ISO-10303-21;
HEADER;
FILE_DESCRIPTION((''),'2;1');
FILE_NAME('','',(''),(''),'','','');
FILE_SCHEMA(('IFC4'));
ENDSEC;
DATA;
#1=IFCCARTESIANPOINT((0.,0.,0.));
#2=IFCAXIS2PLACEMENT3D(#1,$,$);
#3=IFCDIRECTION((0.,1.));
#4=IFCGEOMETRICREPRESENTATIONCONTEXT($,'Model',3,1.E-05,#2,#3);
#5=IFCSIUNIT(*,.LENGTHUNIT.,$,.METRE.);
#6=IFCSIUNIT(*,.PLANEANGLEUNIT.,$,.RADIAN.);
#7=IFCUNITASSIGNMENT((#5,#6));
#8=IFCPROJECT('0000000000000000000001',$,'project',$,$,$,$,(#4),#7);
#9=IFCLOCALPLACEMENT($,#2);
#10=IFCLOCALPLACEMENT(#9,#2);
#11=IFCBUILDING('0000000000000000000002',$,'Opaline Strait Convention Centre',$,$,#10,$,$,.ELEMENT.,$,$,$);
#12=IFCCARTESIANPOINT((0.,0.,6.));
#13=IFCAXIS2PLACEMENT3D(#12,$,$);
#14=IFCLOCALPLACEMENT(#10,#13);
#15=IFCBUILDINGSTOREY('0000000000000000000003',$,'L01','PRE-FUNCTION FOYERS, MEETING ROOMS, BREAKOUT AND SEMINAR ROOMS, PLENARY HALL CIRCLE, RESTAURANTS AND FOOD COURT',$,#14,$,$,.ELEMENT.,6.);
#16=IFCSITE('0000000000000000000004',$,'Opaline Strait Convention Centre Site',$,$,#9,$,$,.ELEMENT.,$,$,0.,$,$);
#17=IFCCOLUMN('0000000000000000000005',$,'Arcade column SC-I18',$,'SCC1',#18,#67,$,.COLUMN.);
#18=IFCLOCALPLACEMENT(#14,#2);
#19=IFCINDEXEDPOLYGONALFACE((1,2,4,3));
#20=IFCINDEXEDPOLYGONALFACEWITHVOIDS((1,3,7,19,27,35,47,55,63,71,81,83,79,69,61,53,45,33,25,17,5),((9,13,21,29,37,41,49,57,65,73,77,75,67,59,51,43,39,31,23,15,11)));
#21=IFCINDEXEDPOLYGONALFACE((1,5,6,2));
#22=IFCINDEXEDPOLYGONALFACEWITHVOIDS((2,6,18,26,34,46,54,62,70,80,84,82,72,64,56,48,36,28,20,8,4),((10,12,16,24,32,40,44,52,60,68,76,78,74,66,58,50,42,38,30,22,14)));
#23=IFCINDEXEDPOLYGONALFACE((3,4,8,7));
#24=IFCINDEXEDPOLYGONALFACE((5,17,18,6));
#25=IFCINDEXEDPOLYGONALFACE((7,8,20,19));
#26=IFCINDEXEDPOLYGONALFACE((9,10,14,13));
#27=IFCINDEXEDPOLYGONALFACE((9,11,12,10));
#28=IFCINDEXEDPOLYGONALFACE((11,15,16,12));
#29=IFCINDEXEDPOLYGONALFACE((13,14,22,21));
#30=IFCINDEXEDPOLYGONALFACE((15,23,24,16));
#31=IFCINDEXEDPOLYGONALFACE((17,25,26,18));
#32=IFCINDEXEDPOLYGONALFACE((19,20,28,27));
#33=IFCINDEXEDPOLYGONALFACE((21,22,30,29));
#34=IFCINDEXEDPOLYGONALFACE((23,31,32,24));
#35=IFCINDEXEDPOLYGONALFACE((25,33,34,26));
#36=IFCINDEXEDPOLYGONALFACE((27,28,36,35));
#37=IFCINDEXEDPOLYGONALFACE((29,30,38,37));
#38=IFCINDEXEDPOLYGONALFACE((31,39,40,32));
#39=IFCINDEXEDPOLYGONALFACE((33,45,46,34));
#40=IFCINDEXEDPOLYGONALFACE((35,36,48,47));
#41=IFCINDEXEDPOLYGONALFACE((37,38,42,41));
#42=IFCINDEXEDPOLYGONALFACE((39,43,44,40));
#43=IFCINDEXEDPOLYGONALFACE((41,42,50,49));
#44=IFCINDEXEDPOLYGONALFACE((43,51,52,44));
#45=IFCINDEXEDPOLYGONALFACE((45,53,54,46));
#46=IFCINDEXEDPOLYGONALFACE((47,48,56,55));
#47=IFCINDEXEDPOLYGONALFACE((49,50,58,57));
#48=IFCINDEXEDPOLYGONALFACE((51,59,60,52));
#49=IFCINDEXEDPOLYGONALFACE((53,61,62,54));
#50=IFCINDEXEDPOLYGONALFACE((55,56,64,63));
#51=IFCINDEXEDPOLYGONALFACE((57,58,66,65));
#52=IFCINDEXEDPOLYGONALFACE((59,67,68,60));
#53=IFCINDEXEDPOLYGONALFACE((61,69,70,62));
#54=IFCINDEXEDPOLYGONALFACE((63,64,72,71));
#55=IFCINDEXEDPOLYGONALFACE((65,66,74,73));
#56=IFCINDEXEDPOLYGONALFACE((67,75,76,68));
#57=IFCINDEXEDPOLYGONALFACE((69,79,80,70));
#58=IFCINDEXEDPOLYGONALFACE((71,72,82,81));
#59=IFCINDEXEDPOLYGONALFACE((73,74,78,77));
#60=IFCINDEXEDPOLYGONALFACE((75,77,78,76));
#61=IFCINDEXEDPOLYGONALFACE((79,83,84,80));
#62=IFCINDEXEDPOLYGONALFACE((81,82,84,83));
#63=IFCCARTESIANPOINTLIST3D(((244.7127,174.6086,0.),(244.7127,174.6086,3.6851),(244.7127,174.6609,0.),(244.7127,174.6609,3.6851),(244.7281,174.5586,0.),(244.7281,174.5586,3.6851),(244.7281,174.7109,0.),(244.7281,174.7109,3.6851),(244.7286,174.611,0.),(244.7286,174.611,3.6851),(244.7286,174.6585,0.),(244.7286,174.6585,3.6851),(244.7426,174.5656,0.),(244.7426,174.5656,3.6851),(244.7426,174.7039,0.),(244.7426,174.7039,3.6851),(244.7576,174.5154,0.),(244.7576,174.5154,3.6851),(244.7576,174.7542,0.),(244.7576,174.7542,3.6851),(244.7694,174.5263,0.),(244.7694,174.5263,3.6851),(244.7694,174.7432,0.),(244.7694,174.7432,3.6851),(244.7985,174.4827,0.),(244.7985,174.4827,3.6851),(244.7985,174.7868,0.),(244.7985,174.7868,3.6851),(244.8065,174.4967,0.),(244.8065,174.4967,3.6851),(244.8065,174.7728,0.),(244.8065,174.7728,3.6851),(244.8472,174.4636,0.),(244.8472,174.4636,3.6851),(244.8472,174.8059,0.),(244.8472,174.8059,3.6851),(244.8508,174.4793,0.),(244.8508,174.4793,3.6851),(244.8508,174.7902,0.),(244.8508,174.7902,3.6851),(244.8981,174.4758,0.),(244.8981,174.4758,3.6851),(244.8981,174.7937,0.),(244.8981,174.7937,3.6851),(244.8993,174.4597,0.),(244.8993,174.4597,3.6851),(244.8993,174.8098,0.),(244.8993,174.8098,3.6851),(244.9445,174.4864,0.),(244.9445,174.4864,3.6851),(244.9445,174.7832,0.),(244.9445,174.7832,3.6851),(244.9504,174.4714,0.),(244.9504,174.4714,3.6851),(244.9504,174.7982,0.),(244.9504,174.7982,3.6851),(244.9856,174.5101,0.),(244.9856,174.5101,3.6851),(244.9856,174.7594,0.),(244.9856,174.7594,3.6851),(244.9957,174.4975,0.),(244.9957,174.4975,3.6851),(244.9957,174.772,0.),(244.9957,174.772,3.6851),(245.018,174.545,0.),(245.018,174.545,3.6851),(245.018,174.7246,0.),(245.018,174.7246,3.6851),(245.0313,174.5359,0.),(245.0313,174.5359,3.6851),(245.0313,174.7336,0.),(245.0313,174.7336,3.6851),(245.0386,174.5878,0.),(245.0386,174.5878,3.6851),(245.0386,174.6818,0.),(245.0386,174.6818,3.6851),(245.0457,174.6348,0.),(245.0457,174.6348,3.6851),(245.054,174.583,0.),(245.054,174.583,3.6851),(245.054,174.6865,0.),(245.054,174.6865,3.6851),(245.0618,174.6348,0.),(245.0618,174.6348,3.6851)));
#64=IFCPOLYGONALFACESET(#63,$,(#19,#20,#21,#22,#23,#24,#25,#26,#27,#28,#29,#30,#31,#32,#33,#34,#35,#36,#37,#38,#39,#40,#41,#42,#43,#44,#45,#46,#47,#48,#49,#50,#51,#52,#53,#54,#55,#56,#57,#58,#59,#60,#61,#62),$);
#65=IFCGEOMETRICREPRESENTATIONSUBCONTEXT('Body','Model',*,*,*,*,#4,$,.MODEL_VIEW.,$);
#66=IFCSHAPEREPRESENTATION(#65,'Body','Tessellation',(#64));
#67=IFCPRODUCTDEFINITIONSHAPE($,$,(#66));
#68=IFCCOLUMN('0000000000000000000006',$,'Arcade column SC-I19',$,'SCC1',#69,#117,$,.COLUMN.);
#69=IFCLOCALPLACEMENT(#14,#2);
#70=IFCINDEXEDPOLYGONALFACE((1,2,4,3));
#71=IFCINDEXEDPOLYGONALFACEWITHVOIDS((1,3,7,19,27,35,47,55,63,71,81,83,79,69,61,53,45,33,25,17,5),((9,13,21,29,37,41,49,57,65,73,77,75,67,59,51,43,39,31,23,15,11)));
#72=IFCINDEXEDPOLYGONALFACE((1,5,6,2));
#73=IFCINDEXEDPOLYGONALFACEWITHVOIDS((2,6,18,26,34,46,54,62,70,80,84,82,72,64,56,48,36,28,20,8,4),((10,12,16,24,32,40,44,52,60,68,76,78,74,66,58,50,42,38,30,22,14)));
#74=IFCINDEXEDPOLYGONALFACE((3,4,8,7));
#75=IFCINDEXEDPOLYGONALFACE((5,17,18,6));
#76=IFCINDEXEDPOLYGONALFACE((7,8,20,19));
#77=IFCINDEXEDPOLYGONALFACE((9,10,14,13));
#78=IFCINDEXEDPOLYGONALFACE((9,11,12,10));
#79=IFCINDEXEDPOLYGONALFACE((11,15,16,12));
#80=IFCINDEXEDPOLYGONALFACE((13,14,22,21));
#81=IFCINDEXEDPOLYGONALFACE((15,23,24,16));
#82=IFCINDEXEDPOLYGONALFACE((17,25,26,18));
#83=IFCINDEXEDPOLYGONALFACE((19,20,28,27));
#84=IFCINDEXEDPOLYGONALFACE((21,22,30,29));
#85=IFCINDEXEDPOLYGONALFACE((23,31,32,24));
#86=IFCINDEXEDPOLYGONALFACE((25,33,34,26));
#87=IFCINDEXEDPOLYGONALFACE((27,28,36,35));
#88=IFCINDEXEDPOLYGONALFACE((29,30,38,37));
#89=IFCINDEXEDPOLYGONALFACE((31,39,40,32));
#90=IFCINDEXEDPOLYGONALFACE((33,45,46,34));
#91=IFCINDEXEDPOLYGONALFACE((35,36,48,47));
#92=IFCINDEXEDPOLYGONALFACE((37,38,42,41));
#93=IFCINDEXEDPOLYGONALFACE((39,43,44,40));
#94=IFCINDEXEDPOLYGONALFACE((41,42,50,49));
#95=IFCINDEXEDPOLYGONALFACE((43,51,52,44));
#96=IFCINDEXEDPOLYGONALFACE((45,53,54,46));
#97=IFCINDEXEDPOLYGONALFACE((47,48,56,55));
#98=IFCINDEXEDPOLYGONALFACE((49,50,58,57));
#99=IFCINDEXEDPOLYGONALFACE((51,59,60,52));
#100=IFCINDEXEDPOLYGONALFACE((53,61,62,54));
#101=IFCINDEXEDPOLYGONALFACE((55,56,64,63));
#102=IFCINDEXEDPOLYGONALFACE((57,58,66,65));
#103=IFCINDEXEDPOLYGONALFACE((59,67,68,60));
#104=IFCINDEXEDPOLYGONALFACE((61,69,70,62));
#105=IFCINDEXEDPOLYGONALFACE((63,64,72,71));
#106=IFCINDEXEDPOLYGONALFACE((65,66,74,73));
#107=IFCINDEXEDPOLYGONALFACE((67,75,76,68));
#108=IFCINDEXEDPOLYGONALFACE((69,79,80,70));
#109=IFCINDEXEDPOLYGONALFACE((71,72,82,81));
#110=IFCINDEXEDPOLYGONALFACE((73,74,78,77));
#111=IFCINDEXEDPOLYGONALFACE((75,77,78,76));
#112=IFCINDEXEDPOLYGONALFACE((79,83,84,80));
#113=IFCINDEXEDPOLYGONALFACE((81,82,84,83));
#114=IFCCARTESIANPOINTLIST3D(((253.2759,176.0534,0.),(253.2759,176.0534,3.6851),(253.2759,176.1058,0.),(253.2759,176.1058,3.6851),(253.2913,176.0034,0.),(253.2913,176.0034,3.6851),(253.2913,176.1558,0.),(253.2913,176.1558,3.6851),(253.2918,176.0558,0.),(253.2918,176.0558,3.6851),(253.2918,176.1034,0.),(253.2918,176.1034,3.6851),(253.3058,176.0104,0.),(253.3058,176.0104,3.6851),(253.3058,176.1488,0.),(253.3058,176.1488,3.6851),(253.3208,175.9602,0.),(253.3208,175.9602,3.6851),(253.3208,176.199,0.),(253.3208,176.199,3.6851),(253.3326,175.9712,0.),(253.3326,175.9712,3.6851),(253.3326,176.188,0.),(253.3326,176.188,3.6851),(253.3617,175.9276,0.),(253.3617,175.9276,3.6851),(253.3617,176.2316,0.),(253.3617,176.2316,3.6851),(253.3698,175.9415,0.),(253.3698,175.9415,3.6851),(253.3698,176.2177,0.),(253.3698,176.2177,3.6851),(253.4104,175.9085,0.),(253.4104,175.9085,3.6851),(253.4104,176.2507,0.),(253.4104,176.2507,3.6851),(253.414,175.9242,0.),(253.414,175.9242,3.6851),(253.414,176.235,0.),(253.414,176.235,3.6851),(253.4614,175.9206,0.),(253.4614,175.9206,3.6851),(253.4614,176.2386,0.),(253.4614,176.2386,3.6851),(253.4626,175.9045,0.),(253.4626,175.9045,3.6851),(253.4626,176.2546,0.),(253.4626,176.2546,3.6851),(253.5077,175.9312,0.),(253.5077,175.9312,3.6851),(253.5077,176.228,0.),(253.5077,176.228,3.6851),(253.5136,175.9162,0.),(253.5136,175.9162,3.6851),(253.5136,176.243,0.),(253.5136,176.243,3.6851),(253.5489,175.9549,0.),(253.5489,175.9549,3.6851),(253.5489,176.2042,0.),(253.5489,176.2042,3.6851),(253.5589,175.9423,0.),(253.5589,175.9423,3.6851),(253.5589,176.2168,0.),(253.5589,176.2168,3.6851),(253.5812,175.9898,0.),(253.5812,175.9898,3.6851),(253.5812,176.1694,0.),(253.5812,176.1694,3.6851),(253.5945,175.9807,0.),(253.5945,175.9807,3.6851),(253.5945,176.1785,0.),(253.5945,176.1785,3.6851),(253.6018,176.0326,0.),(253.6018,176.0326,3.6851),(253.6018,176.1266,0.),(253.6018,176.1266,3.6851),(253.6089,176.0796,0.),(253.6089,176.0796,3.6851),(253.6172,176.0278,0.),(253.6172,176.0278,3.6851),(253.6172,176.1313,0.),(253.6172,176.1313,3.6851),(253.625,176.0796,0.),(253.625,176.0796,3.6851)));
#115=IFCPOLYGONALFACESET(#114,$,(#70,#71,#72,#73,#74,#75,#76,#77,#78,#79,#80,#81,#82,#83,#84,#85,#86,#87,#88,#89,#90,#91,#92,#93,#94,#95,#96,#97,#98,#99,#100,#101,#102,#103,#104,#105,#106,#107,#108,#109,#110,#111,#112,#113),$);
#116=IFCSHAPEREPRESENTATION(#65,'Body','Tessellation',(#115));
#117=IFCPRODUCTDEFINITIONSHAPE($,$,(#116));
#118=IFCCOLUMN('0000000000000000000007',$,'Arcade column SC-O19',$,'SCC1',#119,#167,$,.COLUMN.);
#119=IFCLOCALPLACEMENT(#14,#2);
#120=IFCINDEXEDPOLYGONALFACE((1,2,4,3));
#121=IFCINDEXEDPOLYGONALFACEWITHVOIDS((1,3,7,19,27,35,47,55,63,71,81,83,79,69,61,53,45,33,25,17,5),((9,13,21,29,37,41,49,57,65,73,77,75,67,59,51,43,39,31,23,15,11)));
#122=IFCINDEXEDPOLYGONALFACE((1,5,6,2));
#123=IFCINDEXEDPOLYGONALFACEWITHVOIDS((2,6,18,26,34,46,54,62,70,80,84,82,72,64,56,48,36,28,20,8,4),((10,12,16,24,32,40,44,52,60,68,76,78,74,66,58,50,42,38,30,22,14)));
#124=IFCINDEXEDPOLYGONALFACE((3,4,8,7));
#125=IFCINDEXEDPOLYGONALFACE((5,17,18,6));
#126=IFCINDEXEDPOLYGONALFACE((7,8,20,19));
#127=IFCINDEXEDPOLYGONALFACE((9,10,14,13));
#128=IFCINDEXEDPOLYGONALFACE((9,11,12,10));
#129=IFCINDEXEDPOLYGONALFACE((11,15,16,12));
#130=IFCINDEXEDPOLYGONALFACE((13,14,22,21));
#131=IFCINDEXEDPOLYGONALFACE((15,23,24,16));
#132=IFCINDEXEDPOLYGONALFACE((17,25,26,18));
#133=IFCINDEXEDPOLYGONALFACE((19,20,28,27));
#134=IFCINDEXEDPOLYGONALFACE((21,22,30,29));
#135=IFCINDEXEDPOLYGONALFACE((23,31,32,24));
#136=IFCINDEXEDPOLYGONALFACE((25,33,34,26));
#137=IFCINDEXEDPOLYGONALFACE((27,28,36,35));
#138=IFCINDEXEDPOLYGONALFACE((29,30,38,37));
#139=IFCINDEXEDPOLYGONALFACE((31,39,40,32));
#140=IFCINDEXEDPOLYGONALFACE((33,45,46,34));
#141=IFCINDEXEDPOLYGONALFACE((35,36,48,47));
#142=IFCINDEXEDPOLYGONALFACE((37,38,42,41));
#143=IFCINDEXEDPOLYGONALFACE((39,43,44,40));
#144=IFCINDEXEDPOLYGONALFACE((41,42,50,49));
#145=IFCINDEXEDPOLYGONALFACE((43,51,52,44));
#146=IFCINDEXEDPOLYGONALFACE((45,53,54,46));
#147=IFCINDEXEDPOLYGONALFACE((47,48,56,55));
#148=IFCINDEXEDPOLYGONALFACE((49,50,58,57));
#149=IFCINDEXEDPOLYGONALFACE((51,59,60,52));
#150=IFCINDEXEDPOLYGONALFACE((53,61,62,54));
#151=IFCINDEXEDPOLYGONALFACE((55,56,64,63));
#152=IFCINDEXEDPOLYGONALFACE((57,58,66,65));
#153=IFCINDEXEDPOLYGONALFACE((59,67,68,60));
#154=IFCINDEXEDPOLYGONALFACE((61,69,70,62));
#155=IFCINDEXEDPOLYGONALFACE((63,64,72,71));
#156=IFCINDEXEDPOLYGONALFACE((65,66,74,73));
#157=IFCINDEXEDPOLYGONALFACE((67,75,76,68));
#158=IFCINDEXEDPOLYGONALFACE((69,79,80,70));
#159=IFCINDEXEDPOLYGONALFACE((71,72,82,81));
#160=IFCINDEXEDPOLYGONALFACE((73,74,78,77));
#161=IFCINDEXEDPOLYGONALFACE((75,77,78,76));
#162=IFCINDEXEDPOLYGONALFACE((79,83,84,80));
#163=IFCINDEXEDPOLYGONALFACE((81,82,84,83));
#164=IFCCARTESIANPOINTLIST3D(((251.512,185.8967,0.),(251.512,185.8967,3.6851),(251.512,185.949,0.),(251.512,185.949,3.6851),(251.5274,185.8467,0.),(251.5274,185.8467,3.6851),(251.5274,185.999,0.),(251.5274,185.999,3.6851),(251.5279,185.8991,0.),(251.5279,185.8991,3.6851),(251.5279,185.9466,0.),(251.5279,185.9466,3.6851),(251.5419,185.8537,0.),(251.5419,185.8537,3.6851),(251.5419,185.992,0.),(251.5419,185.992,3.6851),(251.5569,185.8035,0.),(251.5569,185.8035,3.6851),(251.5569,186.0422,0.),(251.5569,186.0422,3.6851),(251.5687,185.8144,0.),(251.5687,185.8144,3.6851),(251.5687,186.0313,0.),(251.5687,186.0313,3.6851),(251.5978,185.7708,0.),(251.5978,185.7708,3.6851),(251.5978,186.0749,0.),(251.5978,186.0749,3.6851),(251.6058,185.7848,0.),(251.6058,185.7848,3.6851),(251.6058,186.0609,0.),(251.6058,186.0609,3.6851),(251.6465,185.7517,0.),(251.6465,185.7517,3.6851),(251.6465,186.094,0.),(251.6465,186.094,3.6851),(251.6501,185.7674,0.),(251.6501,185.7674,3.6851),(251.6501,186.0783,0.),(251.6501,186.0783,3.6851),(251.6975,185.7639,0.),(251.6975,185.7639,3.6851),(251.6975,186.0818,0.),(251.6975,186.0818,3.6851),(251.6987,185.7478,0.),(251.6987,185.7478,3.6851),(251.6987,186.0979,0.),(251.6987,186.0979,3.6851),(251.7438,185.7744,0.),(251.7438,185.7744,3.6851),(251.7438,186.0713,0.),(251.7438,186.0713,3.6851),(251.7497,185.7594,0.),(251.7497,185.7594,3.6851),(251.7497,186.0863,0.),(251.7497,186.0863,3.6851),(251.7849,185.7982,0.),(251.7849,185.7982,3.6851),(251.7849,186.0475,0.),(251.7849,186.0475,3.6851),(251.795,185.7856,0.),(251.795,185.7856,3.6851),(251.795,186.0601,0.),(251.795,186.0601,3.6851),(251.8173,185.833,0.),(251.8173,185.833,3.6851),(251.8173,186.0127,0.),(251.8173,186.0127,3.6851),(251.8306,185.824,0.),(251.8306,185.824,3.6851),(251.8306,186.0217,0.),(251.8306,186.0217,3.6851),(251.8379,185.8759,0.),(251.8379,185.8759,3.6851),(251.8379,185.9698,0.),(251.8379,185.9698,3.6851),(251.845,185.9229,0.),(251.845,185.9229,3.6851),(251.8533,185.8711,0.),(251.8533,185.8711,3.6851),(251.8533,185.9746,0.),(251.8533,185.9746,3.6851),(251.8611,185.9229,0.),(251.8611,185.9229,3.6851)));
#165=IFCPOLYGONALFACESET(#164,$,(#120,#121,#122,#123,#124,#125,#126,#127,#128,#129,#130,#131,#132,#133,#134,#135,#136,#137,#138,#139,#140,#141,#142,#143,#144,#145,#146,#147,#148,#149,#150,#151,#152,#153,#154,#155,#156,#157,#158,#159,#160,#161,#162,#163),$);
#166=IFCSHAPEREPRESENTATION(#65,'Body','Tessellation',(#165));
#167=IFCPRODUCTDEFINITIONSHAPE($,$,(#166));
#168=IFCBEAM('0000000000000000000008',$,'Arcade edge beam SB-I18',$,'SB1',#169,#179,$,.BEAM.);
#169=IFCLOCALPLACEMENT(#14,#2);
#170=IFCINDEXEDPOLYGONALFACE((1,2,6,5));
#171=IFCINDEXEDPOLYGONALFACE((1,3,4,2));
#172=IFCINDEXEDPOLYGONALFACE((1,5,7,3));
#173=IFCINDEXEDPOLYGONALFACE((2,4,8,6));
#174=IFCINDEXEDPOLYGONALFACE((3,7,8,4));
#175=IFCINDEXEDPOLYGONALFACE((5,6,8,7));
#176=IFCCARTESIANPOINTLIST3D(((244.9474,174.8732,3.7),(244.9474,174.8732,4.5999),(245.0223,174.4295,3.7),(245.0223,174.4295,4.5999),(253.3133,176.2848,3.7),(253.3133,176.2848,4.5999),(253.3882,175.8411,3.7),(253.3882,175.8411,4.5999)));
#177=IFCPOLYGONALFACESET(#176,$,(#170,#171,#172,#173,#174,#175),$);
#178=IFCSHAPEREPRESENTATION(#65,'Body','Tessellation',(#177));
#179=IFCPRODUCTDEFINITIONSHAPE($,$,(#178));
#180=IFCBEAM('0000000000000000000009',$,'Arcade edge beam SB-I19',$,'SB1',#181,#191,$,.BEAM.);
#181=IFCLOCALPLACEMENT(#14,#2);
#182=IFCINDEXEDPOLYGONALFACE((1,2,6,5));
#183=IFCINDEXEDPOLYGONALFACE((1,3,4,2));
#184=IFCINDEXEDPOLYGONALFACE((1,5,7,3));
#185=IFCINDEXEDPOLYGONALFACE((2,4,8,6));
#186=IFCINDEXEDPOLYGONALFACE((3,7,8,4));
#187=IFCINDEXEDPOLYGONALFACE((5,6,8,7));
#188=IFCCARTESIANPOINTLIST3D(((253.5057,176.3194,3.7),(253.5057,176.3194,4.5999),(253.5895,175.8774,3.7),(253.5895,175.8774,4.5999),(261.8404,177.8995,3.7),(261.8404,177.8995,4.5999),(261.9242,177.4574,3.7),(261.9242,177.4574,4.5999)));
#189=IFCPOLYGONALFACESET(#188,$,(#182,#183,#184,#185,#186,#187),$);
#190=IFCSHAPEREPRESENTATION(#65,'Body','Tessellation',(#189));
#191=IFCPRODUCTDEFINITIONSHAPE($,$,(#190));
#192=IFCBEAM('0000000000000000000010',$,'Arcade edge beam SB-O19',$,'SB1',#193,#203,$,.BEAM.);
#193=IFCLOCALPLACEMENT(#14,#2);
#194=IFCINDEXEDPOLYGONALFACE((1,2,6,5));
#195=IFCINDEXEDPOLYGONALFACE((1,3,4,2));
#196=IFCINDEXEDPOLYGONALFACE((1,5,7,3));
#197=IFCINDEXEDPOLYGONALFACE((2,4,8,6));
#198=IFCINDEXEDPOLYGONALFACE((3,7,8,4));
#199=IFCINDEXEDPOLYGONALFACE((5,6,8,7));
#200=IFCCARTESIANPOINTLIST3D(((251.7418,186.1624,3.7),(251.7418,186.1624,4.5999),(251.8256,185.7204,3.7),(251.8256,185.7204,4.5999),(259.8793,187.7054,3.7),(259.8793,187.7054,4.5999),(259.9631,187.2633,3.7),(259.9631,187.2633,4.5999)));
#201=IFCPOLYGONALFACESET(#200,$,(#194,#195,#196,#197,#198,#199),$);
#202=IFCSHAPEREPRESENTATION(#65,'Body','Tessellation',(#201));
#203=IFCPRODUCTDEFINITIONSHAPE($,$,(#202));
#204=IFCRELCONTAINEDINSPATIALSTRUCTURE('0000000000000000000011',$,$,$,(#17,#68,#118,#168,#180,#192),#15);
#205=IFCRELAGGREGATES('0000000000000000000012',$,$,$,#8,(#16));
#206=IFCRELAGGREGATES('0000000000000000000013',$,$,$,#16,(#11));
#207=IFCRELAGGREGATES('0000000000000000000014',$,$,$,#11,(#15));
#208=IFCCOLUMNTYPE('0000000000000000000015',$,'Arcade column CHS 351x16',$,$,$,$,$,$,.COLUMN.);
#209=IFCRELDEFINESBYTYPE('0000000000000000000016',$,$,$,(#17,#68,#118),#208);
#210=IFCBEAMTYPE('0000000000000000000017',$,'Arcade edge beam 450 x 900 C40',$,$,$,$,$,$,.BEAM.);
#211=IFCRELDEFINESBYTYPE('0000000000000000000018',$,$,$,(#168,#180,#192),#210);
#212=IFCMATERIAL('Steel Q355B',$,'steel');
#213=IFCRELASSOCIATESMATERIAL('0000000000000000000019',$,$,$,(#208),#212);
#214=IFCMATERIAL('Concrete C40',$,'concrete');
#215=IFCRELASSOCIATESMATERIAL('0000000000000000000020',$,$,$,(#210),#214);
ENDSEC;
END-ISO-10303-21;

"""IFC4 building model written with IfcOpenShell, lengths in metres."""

from ifc_helpers import new_model, si_unit, direction, frame, origin, origin_2d, place, context, subcontext, project, spatial, rectangle, hollow_circle, extrude, material, material_profile, profile_set, type_object, element, save


model = new_model("IFC4")

# Units and contexts
model_context = context("Model", 3, precision=1e-05, world=origin(), true_north=direction((0.0, 1.0)))
body_context = subcontext(model_context, "Body", "Model", "MODEL_VIEW")
ifc_project = project(units=[si_unit("LENGTHUNIT", "METRE"), si_unit("PLANEANGLEUNIT", "RADIAN")], contexts=[model_context])

# Site, building, storey
site_placement = place(None, origin())
site = spatial("IfcSite", under=ifc_project, at=site_placement, Name="Opaline Strait Convention Centre Site", CompositionType="ELEMENT", RefElevation=0.0)
building_placement = place(site_placement, origin())
building = spatial("IfcBuilding", under=site, at=building_placement, Name="Opaline Strait Convention Centre", CompositionType="ELEMENT")
storey_placement = place(building_placement, frame((0.0, 0.0, 6.0)))
storey = spatial("IfcBuildingStorey", under=building, at=storey_placement, Name="L01", Description="PRE-FUNCTION FOYERS, MEETING ROOMS, BREAKOUT AND SEMINAR ROOMS, PLENARY HALL CIRCLE, RESTAURANTS AND FOOD COURT", CompositionType="ELEMENT", Elevation=6.0)

# Columns
ifc_material_1 = material(Name="Steel Q355B", Category="steel")
ifc_material_profile_1 = material_profile(ifc_material_1, hollow_circle(Radius=0.1755, WallThickness=0.0161, at=origin_2d()), Name="CHS 351x16")
ifc_profile_set_1 = profile_set([ifc_material_profile_1], Name="Steel Q355B")
column_type = type_object("IfcColumnType", Name="Arcade column CHS 351x16", PredefinedType="COLUMN", material=ifc_profile_set_1)
for number, where, z_axis, x_axis, name in (
    (1, (244.8862, 174.6348, 0.0), (0.0, 0.0, 1.0), (1.0, 0.0, 0.0), "Arcade column SC-I18"),
    (2, (253.4495, 176.0796, 0.0), (0.0, 0.0, 1.0), (1.0, 0.0, 0.0), "Arcade column SC-I19"),
    (3, (251.6855, 185.9229, 0.0), (0.0, 0.0, 1.0), (1.0, 0.0, 0.0), "Arcade column SC-O19"),
):
    element("IfcColumn", number, at=place(storey_placement, frame(where, z_axis=z_axis, x_axis=x_axis)), inside=storey, type_object=column_type, Name=name, ObjectType="SCC1", PredefinedType="COLUMN", context=body_context, shape_type="SweptSolid", body=[
        extrude(hollow_circle(Radius=0.1755, WallThickness=0.0161, at=origin_2d()), origin(), (0.0, 0.0, 1.0), 3.6851),
    ])

# Beams
ifc_material_2 = material(Name="Concrete C40", Category="concrete")
ifc_material_profile_2 = material_profile(ifc_material_2, rectangle(XDim=0.45, YDim=0.8999, at=origin_2d()), Name="RC 450x900")
ifc_profile_set_2 = profile_set([ifc_material_profile_2], Name="Concrete C40")
beam_type = type_object("IfcBeamType", Name="Arcade edge beam 450 x 900 C40", PredefinedType="BEAM", material=ifc_profile_set_2)
beam_1_placement = place(storey_placement, frame((244.9849, 174.6514, 4.1499), z_axis=(0.986061, 0.166382, 0.0), x_axis=(-0.166382, 0.986061, 0.0)))
element("IfcBeam", 4, at=beam_1_placement, inside=storey, type_object=beam_type, Name="Arcade edge beam SB-I18", ObjectType="SB1", PredefinedType="BEAM", context=body_context, shape_type="SweptSolid", body=[
    extrude(rectangle(XDim=0.45, YDim=0.8999, at=origin_2d()), origin(), (0.0, 0.0, 1.0), 8.4841),
])
beam_2_placement = place(storey_placement, frame((253.5476, 176.0984, 4.1499), z_axis=(0.9825, 0.18626, 0.0), x_axis=(-0.18626, 0.9825, 0.0)))
element("IfcBeam", 5, at=beam_2_placement, inside=storey, type_object=beam_type, Name="Arcade edge beam SB-I19", ObjectType="SB1", PredefinedType="BEAM", context=body_context, shape_type="SweptSolid", body=[
    extrude(rectangle(XDim=0.45, YDim=0.8999, at=origin_2d()), origin(), (0.0, 0.0, 1.0), 8.4832),
])
beam_3_placement = place(storey_placement, frame((251.7837, 185.9414, 4.1499), z_axis=(0.982494, 0.186294, 0.0), x_axis=(-0.186294, 0.982494, 0.0)))
element("IfcBeam", 6, at=beam_3_placement, inside=storey, type_object=beam_type, Name="Arcade edge beam SB-O19", ObjectType="SB1", PredefinedType="BEAM", context=body_context, shape_type="SweptSolid", body=[
    extrude(rectangle(XDim=0.45, YDim=0.8999, at=origin_2d()), origin(), (0.0, 0.0, 1.0), 8.2825),
])

save(model, "model.ifc")
